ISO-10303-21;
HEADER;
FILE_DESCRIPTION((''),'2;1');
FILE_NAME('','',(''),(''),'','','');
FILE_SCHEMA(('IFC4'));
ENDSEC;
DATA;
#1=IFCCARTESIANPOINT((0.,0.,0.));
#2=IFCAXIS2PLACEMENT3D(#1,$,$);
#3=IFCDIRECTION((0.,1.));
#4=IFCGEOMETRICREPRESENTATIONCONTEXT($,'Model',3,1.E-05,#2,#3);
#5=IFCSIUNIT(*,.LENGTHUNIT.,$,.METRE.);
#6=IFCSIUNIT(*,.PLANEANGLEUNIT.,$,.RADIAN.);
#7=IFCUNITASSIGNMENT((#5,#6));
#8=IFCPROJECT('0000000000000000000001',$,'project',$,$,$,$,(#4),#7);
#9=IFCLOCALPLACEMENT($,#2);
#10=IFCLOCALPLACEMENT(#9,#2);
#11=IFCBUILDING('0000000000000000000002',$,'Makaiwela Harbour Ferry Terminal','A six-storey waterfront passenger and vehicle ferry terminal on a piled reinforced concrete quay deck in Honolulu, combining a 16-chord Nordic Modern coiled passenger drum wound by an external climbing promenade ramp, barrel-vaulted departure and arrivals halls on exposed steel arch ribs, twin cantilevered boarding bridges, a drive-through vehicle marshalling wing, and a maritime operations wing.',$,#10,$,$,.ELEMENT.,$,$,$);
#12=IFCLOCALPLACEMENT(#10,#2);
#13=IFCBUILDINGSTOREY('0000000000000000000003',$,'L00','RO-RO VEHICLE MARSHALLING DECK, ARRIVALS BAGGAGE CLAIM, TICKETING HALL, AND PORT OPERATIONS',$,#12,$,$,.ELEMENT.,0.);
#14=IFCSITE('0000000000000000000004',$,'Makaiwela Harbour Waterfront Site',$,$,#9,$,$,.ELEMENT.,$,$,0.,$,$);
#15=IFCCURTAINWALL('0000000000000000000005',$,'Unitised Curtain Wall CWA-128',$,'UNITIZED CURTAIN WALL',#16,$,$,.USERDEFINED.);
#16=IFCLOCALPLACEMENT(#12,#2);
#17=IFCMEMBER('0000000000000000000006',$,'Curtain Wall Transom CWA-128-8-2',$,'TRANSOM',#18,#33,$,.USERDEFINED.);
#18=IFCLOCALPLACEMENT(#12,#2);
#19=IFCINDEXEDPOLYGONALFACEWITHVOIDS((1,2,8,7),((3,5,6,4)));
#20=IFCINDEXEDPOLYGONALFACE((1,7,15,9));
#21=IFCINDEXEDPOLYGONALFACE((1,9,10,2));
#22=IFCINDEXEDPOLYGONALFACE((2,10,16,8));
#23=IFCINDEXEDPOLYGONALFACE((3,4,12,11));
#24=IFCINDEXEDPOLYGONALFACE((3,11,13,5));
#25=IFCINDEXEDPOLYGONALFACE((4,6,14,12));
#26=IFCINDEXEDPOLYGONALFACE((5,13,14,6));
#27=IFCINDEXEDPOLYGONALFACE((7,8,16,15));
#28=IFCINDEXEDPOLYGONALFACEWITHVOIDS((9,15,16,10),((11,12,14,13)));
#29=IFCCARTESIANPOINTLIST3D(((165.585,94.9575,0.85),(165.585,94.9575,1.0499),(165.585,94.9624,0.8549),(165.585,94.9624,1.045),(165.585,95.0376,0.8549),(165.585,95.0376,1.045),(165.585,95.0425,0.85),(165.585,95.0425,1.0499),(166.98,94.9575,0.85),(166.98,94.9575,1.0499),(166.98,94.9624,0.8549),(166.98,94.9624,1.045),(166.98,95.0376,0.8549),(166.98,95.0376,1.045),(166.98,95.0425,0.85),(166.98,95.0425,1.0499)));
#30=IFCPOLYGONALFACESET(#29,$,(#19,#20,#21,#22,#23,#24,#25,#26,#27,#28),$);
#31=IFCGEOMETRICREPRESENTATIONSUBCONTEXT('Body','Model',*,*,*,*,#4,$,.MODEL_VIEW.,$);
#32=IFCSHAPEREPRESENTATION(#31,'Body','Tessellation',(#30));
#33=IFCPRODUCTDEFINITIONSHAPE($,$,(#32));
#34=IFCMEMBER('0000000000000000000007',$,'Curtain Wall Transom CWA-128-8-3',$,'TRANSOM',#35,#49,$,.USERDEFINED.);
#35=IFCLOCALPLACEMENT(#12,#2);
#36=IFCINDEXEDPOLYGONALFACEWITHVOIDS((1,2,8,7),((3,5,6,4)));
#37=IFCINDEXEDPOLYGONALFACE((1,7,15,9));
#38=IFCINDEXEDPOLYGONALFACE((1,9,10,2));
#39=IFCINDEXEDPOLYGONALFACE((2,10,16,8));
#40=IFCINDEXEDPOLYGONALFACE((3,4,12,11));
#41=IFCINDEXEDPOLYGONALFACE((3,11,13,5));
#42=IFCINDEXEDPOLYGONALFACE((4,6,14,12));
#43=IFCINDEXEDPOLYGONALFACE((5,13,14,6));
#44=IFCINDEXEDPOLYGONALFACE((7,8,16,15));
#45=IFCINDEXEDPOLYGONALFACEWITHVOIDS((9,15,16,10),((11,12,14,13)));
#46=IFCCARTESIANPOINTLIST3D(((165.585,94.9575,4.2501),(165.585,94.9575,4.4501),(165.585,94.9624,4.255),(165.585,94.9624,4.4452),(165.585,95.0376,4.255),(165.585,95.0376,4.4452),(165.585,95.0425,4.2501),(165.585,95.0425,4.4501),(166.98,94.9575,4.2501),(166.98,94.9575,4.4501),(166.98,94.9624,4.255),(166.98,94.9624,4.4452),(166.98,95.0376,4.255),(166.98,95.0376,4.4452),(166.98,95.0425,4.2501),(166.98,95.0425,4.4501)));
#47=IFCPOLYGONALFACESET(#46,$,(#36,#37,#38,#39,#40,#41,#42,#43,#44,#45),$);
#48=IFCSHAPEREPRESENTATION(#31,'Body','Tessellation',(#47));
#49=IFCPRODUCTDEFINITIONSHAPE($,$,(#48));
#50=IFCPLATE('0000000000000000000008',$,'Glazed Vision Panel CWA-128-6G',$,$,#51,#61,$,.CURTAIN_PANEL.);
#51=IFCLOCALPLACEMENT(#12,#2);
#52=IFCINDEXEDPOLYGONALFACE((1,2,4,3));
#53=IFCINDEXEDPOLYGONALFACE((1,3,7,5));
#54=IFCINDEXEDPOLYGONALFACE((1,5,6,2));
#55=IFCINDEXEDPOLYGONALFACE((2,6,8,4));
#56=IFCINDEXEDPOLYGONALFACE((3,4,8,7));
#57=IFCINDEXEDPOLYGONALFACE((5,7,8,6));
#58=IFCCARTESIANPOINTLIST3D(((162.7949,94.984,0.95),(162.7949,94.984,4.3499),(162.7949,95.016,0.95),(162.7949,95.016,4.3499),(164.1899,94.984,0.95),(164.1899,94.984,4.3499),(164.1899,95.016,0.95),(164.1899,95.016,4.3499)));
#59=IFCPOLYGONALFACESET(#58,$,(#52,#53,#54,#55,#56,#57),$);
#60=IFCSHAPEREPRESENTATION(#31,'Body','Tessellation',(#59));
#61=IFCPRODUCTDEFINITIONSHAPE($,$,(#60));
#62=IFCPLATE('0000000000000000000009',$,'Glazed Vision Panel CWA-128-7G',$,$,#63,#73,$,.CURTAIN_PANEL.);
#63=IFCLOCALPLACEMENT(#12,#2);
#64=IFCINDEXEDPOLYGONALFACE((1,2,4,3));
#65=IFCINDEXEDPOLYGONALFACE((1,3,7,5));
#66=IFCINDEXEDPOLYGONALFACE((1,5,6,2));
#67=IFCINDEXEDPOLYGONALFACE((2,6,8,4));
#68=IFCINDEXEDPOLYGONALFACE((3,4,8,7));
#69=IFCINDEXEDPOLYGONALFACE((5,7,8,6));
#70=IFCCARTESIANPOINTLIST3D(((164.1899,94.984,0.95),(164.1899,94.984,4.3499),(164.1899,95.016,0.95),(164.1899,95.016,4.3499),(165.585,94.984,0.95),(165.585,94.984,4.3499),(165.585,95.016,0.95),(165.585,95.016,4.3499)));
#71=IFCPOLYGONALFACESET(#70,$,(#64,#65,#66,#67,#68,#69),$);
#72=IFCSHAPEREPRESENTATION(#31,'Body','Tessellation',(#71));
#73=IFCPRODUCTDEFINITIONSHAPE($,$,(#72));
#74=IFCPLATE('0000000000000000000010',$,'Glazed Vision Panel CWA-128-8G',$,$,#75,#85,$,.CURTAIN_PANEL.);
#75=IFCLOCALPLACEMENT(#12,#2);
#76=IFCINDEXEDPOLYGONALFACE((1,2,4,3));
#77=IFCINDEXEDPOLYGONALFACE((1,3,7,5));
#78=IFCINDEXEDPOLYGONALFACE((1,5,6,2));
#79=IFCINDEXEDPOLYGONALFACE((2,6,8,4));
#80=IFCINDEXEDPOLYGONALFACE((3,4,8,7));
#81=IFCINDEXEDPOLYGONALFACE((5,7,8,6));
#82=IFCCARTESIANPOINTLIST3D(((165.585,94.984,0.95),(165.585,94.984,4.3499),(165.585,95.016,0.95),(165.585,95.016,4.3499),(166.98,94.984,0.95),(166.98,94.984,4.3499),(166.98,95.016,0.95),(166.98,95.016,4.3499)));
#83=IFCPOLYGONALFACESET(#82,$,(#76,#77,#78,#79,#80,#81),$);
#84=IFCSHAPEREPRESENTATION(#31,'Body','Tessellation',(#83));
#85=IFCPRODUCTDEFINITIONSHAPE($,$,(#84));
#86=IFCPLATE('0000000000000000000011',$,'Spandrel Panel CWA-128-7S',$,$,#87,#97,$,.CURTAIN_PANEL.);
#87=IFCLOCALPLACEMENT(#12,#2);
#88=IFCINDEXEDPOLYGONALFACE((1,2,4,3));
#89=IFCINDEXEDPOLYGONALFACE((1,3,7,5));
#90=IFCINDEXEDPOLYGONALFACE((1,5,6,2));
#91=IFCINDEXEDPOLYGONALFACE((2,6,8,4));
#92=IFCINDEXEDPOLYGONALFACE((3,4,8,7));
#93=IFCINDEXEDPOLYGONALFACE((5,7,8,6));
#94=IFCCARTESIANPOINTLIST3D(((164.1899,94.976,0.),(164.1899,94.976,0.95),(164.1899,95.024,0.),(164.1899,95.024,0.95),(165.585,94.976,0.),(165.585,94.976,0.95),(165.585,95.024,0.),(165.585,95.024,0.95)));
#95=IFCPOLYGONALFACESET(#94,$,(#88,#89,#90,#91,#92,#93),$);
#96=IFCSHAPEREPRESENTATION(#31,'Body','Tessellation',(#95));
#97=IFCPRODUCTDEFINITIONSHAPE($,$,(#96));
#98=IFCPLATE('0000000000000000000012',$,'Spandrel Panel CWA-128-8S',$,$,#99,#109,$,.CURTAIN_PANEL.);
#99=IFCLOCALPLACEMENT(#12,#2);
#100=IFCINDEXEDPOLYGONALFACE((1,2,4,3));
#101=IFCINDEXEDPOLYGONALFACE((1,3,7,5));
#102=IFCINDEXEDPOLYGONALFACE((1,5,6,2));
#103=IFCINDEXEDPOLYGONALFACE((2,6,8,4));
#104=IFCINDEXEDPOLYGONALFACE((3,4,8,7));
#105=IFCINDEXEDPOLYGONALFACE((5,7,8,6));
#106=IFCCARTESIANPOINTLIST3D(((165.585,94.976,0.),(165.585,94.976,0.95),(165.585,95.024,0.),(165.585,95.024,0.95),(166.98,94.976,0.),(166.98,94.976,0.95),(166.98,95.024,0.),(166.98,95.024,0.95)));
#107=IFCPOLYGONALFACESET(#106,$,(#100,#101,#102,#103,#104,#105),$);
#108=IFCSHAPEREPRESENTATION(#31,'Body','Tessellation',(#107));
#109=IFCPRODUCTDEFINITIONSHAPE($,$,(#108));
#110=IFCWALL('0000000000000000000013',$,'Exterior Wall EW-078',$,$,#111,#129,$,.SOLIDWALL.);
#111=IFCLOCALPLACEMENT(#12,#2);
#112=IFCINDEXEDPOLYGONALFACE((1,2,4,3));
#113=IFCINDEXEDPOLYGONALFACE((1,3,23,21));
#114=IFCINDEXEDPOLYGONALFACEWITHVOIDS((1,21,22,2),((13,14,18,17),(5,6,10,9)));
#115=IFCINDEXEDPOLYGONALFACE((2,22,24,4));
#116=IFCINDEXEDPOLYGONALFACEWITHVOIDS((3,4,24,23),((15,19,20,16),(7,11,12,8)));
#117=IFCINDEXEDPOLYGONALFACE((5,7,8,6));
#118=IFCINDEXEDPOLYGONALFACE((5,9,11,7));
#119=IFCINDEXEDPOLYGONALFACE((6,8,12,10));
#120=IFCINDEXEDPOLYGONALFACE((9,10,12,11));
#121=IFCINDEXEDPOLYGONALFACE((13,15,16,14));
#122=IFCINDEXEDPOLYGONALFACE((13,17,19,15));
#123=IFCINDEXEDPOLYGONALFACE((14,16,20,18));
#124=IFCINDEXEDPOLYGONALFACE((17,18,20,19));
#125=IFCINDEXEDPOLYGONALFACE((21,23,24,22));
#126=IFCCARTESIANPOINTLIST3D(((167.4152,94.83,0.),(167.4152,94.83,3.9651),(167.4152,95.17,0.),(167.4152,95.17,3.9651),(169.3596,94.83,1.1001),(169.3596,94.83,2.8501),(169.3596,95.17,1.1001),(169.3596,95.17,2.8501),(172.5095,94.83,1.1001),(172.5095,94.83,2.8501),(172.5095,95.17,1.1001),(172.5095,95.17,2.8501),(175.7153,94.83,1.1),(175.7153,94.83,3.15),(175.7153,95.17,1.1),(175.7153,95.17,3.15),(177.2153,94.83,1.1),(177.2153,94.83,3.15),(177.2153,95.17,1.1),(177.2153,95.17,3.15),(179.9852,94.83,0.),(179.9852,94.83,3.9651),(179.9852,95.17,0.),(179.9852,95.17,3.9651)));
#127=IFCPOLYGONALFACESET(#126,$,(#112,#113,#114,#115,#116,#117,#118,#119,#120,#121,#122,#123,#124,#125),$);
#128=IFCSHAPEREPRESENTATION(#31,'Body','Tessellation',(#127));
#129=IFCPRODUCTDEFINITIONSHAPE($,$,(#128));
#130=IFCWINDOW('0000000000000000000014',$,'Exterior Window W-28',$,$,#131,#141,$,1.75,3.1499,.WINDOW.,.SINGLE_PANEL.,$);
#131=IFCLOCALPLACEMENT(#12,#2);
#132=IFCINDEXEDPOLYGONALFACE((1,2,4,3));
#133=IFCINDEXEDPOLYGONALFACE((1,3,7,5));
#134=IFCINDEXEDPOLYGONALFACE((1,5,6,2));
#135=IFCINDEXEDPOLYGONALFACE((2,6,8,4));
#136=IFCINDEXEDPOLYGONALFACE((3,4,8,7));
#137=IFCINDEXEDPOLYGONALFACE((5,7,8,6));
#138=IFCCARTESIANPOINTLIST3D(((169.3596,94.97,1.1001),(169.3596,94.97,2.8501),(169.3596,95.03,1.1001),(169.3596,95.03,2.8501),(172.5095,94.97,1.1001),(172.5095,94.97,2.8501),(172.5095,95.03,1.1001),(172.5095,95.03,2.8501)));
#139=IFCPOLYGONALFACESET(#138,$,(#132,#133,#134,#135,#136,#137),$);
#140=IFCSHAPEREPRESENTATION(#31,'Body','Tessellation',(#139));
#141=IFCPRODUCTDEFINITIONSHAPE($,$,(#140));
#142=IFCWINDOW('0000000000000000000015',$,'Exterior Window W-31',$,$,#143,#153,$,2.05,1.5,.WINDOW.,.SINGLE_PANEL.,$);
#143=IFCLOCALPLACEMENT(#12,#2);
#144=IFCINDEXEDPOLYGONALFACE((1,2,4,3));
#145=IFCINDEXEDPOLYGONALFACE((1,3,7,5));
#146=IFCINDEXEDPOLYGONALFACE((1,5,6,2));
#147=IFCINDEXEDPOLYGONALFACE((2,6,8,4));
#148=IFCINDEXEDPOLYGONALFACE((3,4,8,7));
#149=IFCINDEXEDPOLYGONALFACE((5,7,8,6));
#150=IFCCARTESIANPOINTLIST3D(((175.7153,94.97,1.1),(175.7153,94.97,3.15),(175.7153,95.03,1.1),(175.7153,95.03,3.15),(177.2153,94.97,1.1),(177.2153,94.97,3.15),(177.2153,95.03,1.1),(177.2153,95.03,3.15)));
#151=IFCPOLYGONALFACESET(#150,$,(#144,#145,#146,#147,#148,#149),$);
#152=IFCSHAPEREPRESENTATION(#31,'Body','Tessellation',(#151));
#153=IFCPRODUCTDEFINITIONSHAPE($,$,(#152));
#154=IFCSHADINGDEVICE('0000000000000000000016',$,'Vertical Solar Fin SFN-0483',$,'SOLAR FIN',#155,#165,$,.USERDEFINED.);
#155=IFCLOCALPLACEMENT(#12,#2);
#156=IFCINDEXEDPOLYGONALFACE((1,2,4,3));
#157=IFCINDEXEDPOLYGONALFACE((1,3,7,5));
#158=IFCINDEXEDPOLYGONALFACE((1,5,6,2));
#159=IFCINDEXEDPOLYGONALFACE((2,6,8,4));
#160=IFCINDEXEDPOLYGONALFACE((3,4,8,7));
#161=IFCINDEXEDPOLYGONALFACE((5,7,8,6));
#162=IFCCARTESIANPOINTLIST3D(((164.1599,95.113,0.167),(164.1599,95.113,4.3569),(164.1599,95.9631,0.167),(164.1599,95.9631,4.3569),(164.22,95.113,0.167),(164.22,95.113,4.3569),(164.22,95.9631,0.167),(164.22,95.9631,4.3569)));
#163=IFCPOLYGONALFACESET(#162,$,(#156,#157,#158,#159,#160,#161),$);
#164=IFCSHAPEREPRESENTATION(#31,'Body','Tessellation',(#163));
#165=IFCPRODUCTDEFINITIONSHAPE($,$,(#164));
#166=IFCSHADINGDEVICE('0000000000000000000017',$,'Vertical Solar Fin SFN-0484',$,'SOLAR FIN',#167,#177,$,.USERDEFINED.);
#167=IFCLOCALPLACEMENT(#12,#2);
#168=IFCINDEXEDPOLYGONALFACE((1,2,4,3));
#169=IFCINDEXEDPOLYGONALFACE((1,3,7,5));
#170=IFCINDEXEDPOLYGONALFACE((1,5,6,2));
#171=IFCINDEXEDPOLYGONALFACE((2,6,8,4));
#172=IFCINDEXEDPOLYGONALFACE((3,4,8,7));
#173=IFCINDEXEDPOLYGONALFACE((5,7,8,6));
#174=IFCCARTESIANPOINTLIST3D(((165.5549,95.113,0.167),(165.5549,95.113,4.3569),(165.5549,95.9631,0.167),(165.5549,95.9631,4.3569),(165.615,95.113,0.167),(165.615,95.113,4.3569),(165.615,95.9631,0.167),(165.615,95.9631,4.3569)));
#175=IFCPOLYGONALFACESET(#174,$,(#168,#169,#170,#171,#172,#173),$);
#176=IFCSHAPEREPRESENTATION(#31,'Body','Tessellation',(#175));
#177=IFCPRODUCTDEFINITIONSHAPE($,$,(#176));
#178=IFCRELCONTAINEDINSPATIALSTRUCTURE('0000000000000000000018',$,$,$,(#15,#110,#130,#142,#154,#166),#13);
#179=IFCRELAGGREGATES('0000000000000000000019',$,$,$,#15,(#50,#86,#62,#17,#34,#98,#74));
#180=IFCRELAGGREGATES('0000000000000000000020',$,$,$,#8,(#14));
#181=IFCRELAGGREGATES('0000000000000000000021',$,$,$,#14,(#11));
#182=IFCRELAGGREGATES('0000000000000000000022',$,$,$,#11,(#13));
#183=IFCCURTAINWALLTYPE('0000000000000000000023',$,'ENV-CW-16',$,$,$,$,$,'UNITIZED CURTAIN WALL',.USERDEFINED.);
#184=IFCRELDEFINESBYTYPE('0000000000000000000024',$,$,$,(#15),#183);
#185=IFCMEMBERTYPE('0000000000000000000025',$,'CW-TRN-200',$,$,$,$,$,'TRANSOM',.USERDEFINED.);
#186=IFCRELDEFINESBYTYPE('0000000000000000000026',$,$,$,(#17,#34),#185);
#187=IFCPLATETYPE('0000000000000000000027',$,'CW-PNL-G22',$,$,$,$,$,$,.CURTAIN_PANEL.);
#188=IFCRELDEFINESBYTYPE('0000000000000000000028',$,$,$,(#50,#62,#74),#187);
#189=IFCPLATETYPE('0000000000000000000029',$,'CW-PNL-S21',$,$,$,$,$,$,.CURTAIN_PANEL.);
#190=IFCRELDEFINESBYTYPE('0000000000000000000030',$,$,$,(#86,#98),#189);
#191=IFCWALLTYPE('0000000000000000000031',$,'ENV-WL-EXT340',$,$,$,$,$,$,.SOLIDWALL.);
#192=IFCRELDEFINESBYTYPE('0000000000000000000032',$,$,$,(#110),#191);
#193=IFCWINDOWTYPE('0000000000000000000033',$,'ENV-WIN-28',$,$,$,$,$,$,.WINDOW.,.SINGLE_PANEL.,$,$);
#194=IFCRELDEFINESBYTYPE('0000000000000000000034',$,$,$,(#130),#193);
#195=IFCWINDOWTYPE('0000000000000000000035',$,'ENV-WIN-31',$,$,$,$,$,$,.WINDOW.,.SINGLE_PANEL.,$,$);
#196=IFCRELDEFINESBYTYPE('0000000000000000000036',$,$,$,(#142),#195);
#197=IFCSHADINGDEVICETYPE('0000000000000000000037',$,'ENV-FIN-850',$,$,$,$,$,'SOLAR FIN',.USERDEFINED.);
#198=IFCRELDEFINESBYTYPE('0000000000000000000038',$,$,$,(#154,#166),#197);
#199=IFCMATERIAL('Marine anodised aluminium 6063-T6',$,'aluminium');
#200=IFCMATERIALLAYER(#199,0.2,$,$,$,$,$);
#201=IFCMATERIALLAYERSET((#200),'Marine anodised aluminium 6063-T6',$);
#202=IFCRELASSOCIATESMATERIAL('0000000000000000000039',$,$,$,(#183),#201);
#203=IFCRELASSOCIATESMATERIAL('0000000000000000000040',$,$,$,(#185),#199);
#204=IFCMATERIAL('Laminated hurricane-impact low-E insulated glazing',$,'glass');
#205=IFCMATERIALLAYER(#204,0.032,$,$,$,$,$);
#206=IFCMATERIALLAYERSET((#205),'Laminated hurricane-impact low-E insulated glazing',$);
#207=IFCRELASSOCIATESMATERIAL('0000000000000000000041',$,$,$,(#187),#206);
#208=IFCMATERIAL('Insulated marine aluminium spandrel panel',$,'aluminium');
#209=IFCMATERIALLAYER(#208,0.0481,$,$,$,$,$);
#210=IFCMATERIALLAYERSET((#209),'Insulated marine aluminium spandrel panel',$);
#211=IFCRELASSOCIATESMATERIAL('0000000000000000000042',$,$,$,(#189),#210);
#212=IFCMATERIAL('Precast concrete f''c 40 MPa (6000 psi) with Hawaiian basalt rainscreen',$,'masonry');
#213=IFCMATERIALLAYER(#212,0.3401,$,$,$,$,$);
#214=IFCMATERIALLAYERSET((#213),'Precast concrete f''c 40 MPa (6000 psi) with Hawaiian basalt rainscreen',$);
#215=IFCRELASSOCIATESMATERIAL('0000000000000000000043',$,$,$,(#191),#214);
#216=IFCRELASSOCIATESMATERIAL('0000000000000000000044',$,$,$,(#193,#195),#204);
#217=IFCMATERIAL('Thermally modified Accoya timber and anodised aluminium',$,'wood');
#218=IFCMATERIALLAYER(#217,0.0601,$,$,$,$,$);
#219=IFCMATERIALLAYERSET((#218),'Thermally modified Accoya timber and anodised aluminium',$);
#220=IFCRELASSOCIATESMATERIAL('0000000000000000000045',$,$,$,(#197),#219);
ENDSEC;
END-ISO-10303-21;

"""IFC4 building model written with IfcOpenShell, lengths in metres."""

from ifc_helpers import new_model, si_unit, direction, frame, frame_2d, origin, origin_2d, place, context, subcontext, project, spatial, rectangle, hollow_rectangle, extrude, material, layer, layer_set, material_profile, profile_set, type_object, element, fill, aggregate, save


model = new_model("IFC4")

# Units and contexts
model_context = context("Model", 3, precision=1e-05, world=origin(), true_north=direction((0.0, 1.0)))
body_context = subcontext(model_context, "Body", "Model", "MODEL_VIEW")
ifc_project = project(units=[si_unit("LENGTHUNIT", "METRE"), si_unit("PLANEANGLEUNIT", "RADIAN")], contexts=[model_context])

# Site, building, storey
site_placement = place(None, origin())
site = spatial("IfcSite", under=ifc_project, at=site_placement, Name="Makaiwela Harbour Waterfront Site", CompositionType="ELEMENT", RefElevation=0.0)
building_placement = place(site_placement, origin())
building = spatial("IfcBuilding", under=site, at=building_placement, Name="Makaiwela Harbour Ferry Terminal", Description="A six-storey waterfront passenger and vehicle ferry terminal on a piled reinforced concrete quay deck in Honolulu, combining a 16-chord Nordic Modern coiled passenger drum wound by an external climbing promenade ramp, barrel-vaulted departure and arrivals halls on exposed steel arch ribs, twin cantilevered boarding bridges, a drive-through vehicle marshalling wing, and a maritime operations wing.", CompositionType="ELEMENT")
storey_placement = place(building_placement, origin())
storey = spatial("IfcBuildingStorey", under=building, at=storey_placement, Name="L00", Description="RO-RO VEHICLE MARSHALLING DECK, ARRIVALS BAGGAGE CLAIM, TICKETING HALL, AND PORT OPERATIONS", CompositionType="ELEMENT", Elevation=0.0)

# Curtain wall, members, plates
ifc_material_1 = material(Name="Marine anodised aluminium 6063-T6", Category="aluminium")
ifc_layer_1 = layer(ifc_material_1, 0.2)
ifc_layer_set_1 = layer_set([ifc_layer_1], Name="Marine anodised aluminium 6063-T6")
curtain_wall_type = type_object("IfcCurtainWallType", Name="ENV-CW-16", ElementType="UNITIZED CURTAIN WALL", PredefinedType="USERDEFINED", material=ifc_layer_set_1)
curtain_wall_placement = place(storey_placement, origin())
curtain_wall = element("IfcCurtainWall", 1, at=curtain_wall_placement, inside=storey, type_object=curtain_wall_type, Name="Unitised Curtain Wall CWA-128", ObjectType="UNITIZED CURTAIN WALL", PredefinedType="USERDEFINED")
ifc_material_profile_1 = material_profile(ifc_material_1, hollow_rectangle(XDim=0.085, YDim=0.2, WallThickness=0.0049, at=origin_2d()), Name="CWT-200X85")
ifc_profile_set_1 = profile_set([ifc_material_profile_1], Name="Marine anodised aluminium 6063-T6")
member_type_1 = type_object("IfcMemberType", Name="CW-TRN-200", ElementType="TRANSOM", PredefinedType="USERDEFINED", material=ifc_profile_set_1)
member_1_placement = place(storey_placement, frame((165.585, 95.0, 0.95), z_axis=(1.0, 0.0, 0.0), x_axis=(0.0, 1.0, 0.0)))
member_1 = element("IfcMember", 2, at=member_1_placement, type_object=member_type_1, Name="Curtain Wall Transom CWA-128-8-2", ObjectType="TRANSOM", PredefinedType="USERDEFINED", context=body_context, shape_type="SweptSolid", body=[
    extrude(hollow_rectangle(XDim=0.085, YDim=0.2, WallThickness=0.0049, at=origin_2d()), origin(), (0.0, 0.0, 1.0), 1.395),
])
member_2_placement = place(storey_placement, frame((165.585, 95.0, 4.3501), z_axis=(1.0, 0.0, 0.0), x_axis=(0.0, 1.0, 0.0)))
member_2 = element("IfcMember", 3, at=member_2_placement, type_object=member_type_1, Name="Curtain Wall Transom CWA-128-8-3", ObjectType="TRANSOM", PredefinedType="USERDEFINED", context=body_context, shape_type="SweptSolid", body=[
    extrude(hollow_rectangle(XDim=0.085, YDim=0.2, WallThickness=0.0049, at=origin_2d()), origin(), (0.0, 0.0, 1.0), 1.395),
])
ifc_material_2 = material(Name="Laminated hurricane-impact low-E insulated glazing", Category="glass")
ifc_layer_2 = layer(ifc_material_2, 0.032)
ifc_layer_set_2 = layer_set([ifc_layer_2], Name="Laminated hurricane-impact low-E insulated glazing")
plate_type_1 = type_object("IfcPlateType", Name="CW-PNL-G22", PredefinedType="CURTAIN_PANEL", material=ifc_layer_set_2)
plate_1_placement = place(storey_placement, frame((163.4924, 95.0, 0.95), z_axis=(0.0, 0.0, 1.0), x_axis=(1.0, 0.0, 0.0)))
plate_1 = element("IfcPlate", 4, at=plate_1_placement, type_object=plate_type_1, Name="Glazed Vision Panel CWA-128-6G", PredefinedType="CURTAIN_PANEL", context=body_context, shape_type="SweptSolid", body=[
    extrude(rectangle(XDim=1.395, YDim=0.032, at=origin_2d()), origin(), (0.0, 0.0, 1.0), 3.3999),
])
plate_2_placement = place(storey_placement, frame((164.8875, 95.0, 0.95), z_axis=(0.0, 0.0, 1.0), x_axis=(1.0, 0.0, 0.0)))
plate_2 = element("IfcPlate", 5, at=plate_2_placement, type_object=plate_type_1, Name="Glazed Vision Panel CWA-128-7G", PredefinedType="CURTAIN_PANEL", context=body_context, shape_type="SweptSolid", body=[
    extrude(rectangle(XDim=1.395, YDim=0.032, at=origin_2d()), origin(), (0.0, 0.0, 1.0), 3.3999),
])
plate_3_placement = place(storey_placement, frame((166.2825, 95.0, 0.95), z_axis=(0.0, 0.0, 1.0), x_axis=(1.0, 0.0, 0.0)))
plate_3 = element("IfcPlate", 6, at=plate_3_placement, type_object=plate_type_1, Name="Glazed Vision Panel CWA-128-8G", PredefinedType="CURTAIN_PANEL", context=body_context, shape_type="SweptSolid", body=[
    extrude(rectangle(XDim=1.395, YDim=0.032, at=origin_2d()), origin(), (0.0, 0.0, 1.0), 3.3999),
])
ifc_material_3 = material(Name="Insulated marine aluminium spandrel panel", Category="aluminium")
ifc_layer_3 = layer(ifc_material_3, 0.0481)
ifc_layer_set_3 = layer_set([ifc_layer_3], Name="Insulated marine aluminium spandrel panel")
plate_type_2 = type_object("IfcPlateType", Name="CW-PNL-S21", PredefinedType="CURTAIN_PANEL", material=ifc_layer_set_3)
plate_4_placement = place(storey_placement, frame((164.8875, 95.0, 0.0), z_axis=(0.0, 0.0, 1.0), x_axis=(1.0, 0.0, 0.0)))
plate_4 = element("IfcPlate", 7, at=plate_4_placement, type_object=plate_type_2, Name="Spandrel Panel CWA-128-7S", PredefinedType="CURTAIN_PANEL", context=body_context, shape_type="SweptSolid", body=[
    extrude(rectangle(XDim=1.395, YDim=0.0481, at=origin_2d()), origin(), (0.0, 0.0, 1.0), 0.95),
])
plate_5_placement = place(storey_placement, frame((166.2825, 95.0, 0.0), z_axis=(0.0, 0.0, 1.0), x_axis=(1.0, 0.0, 0.0)))
plate_5 = element("IfcPlate", 8, at=plate_5_placement, type_object=plate_type_2, Name="Spandrel Panel CWA-128-8S", PredefinedType="CURTAIN_PANEL", context=body_context, shape_type="SweptSolid", body=[
    extrude(rectangle(XDim=1.395, YDim=0.0481, at=origin_2d()), origin(), (0.0, 0.0, 1.0), 0.95),
])
aggregate(curtain_wall, [plate_1, plate_4, plate_2, member_1, member_2, plate_5, plate_3])

# Wall, openings, windows
ifc_material_4 = material(Name="Precast concrete f'c 40 MPa (6000 psi) with Hawaiian basalt rainscreen", Category="masonry")
ifc_layer_4 = layer(ifc_material_4, 0.3401)
ifc_layer_set_4 = layer_set([ifc_layer_4], Name="Precast concrete f'c 40 MPa (6000 psi) with Hawaiian basalt rainscreen")
wall_type = type_object("IfcWallType", Name="ENV-WL-EXT340", PredefinedType="SOLIDWALL", material=ifc_layer_set_4)
wall_placement = place(storey_placement, frame((167.415, 95.0, 0.0), z_axis=(0.0, 0.0, 1.0), x_axis=(1.0, 0.0, 0.0)))
wall = element("IfcWall", 9, at=wall_placement, inside=storey, type_object=wall_type, Name="Exterior Wall EW-078", PredefinedType="SOLIDWALL", context=body_context, shape_type="SweptSolid", body=[
    extrude(rectangle(XDim=12.5701, YDim=0.3401, at=frame_2d((6.2852, 0.0))), origin(), (0.0, 0.0, 1.0), 3.9651),
])
opening_1_placement = place(wall_placement, frame((1.9446, 0.0, 1.1001)))
opening_1 = element("IfcOpeningElement", 10, at=opening_1_placement, cuts=wall, PredefinedType="OPENING", context=body_context, shape_type="SweptSolid", body=[
    extrude(rectangle(XDim=3.1499, YDim=1.75, at=frame_2d((1.575, 0.875))), frame((0.0, 0.1799, 0.0), z_axis=(0.0, -1.0, 0.0), x_axis=(1.0, 0.0, 0.0)), (0.0, 0.0, 1.0), 0.3601),
])
opening_2_placement = place(wall_placement, frame((8.3003, 0.0, 1.1001)))
opening_2 = element("IfcOpeningElement", 11, at=opening_2_placement, cuts=wall, PredefinedType="OPENING", context=body_context, shape_type="SweptSolid", body=[
    extrude(rectangle(XDim=1.5, YDim=2.05, at=frame_2d((0.75, 1.0249))), frame((0.0, 0.1799, 0.0), z_axis=(0.0, -1.0, 0.0), x_axis=(1.0, 0.0, 0.0)), (0.0, 0.0, 1.0), 0.3601),
])
window_type_1 = type_object("IfcWindowType", Name="ENV-WIN-28", PartitioningType="SINGLE_PANEL", PredefinedType="WINDOW", material=ifc_material_2)
window_1_placement = place(opening_1_placement, origin())
window_1 = element("IfcWindow", 12, at=window_1_placement, inside=storey, type_object=window_type_1, Name="Exterior Window W-28", OverallHeight=1.75, OverallWidth=3.1499, PartitioningType="SINGLE_PANEL", PredefinedType="WINDOW", context=body_context, shape_type="SweptSolid", body=[
    extrude(rectangle(XDim=3.1499, YDim=1.75, at=frame_2d((1.575, 0.875))), frame((0.0, 0.03, 0.0), z_axis=(0.0, -1.0, 0.0), x_axis=(1.0, 0.0, 0.0)), (0.0, 0.0, 1.0), 0.0601),
])
fill(opening_1, window_1)
window_type_2 = type_object("IfcWindowType", Name="ENV-WIN-31", PartitioningType="SINGLE_PANEL", PredefinedType="WINDOW", material=ifc_material_2)
window_2_placement = place(opening_2_placement, origin())
window_2 = element("IfcWindow", 13, at=window_2_placement, inside=storey, type_object=window_type_2, Name="Exterior Window W-31", OverallHeight=2.05, OverallWidth=1.5, PartitioningType="SINGLE_PANEL", PredefinedType="WINDOW", context=body_context, shape_type="SweptSolid", body=[
    extrude(rectangle(XDim=1.5, YDim=2.05, at=frame_2d((0.75, 1.0249))), frame((0.0, 0.03, 0.0), z_axis=(0.0, -1.0, 0.0), x_axis=(1.0, 0.0, 0.0)), (0.0, 0.0, 1.0), 0.0601),
])
fill(opening_2, window_2)

# Shading devices
ifc_material_5 = material(Name="Thermally modified Accoya timber and anodised aluminium", Category="wood")
ifc_layer_5 = layer(ifc_material_5, 0.0601)
ifc_layer_set_5 = layer_set([ifc_layer_5], Name="Thermally modified Accoya timber and anodised aluminium")
shading_device_type = type_object("IfcShadingDeviceType", Name="ENV-FIN-850", ElementType="SOLAR FIN", PredefinedType="USERDEFINED", material=ifc_layer_set_5)
for number, where, z_axis, x_axis, name in (
    (14, (164.1899, 95.5381, 0.167), (0.0, 0.0, 1.0), (0.0, 1.0, 0.0), "Vertical Solar Fin SFN-0483"),
    (15, (165.585, 95.5381, 0.167), (0.0, 0.0, 1.0), (0.0, 1.0, 0.0), "Vertical Solar Fin SFN-0484"),
):
    element("IfcShadingDevice", number, at=place(storey_placement, frame(where, z_axis=z_axis, x_axis=x_axis)), inside=storey, type_object=shading_device_type, Name=name, ObjectType="SOLAR FIN", PredefinedType="USERDEFINED", context=body_context, shape_type="SweptSolid", body=[
        extrude(rectangle(XDim=0.8501, YDim=0.0601, at=origin_2d()), origin(), (0.0, 0.0, 1.0), 4.1899),
    ])

save(model, "model.ifc")
